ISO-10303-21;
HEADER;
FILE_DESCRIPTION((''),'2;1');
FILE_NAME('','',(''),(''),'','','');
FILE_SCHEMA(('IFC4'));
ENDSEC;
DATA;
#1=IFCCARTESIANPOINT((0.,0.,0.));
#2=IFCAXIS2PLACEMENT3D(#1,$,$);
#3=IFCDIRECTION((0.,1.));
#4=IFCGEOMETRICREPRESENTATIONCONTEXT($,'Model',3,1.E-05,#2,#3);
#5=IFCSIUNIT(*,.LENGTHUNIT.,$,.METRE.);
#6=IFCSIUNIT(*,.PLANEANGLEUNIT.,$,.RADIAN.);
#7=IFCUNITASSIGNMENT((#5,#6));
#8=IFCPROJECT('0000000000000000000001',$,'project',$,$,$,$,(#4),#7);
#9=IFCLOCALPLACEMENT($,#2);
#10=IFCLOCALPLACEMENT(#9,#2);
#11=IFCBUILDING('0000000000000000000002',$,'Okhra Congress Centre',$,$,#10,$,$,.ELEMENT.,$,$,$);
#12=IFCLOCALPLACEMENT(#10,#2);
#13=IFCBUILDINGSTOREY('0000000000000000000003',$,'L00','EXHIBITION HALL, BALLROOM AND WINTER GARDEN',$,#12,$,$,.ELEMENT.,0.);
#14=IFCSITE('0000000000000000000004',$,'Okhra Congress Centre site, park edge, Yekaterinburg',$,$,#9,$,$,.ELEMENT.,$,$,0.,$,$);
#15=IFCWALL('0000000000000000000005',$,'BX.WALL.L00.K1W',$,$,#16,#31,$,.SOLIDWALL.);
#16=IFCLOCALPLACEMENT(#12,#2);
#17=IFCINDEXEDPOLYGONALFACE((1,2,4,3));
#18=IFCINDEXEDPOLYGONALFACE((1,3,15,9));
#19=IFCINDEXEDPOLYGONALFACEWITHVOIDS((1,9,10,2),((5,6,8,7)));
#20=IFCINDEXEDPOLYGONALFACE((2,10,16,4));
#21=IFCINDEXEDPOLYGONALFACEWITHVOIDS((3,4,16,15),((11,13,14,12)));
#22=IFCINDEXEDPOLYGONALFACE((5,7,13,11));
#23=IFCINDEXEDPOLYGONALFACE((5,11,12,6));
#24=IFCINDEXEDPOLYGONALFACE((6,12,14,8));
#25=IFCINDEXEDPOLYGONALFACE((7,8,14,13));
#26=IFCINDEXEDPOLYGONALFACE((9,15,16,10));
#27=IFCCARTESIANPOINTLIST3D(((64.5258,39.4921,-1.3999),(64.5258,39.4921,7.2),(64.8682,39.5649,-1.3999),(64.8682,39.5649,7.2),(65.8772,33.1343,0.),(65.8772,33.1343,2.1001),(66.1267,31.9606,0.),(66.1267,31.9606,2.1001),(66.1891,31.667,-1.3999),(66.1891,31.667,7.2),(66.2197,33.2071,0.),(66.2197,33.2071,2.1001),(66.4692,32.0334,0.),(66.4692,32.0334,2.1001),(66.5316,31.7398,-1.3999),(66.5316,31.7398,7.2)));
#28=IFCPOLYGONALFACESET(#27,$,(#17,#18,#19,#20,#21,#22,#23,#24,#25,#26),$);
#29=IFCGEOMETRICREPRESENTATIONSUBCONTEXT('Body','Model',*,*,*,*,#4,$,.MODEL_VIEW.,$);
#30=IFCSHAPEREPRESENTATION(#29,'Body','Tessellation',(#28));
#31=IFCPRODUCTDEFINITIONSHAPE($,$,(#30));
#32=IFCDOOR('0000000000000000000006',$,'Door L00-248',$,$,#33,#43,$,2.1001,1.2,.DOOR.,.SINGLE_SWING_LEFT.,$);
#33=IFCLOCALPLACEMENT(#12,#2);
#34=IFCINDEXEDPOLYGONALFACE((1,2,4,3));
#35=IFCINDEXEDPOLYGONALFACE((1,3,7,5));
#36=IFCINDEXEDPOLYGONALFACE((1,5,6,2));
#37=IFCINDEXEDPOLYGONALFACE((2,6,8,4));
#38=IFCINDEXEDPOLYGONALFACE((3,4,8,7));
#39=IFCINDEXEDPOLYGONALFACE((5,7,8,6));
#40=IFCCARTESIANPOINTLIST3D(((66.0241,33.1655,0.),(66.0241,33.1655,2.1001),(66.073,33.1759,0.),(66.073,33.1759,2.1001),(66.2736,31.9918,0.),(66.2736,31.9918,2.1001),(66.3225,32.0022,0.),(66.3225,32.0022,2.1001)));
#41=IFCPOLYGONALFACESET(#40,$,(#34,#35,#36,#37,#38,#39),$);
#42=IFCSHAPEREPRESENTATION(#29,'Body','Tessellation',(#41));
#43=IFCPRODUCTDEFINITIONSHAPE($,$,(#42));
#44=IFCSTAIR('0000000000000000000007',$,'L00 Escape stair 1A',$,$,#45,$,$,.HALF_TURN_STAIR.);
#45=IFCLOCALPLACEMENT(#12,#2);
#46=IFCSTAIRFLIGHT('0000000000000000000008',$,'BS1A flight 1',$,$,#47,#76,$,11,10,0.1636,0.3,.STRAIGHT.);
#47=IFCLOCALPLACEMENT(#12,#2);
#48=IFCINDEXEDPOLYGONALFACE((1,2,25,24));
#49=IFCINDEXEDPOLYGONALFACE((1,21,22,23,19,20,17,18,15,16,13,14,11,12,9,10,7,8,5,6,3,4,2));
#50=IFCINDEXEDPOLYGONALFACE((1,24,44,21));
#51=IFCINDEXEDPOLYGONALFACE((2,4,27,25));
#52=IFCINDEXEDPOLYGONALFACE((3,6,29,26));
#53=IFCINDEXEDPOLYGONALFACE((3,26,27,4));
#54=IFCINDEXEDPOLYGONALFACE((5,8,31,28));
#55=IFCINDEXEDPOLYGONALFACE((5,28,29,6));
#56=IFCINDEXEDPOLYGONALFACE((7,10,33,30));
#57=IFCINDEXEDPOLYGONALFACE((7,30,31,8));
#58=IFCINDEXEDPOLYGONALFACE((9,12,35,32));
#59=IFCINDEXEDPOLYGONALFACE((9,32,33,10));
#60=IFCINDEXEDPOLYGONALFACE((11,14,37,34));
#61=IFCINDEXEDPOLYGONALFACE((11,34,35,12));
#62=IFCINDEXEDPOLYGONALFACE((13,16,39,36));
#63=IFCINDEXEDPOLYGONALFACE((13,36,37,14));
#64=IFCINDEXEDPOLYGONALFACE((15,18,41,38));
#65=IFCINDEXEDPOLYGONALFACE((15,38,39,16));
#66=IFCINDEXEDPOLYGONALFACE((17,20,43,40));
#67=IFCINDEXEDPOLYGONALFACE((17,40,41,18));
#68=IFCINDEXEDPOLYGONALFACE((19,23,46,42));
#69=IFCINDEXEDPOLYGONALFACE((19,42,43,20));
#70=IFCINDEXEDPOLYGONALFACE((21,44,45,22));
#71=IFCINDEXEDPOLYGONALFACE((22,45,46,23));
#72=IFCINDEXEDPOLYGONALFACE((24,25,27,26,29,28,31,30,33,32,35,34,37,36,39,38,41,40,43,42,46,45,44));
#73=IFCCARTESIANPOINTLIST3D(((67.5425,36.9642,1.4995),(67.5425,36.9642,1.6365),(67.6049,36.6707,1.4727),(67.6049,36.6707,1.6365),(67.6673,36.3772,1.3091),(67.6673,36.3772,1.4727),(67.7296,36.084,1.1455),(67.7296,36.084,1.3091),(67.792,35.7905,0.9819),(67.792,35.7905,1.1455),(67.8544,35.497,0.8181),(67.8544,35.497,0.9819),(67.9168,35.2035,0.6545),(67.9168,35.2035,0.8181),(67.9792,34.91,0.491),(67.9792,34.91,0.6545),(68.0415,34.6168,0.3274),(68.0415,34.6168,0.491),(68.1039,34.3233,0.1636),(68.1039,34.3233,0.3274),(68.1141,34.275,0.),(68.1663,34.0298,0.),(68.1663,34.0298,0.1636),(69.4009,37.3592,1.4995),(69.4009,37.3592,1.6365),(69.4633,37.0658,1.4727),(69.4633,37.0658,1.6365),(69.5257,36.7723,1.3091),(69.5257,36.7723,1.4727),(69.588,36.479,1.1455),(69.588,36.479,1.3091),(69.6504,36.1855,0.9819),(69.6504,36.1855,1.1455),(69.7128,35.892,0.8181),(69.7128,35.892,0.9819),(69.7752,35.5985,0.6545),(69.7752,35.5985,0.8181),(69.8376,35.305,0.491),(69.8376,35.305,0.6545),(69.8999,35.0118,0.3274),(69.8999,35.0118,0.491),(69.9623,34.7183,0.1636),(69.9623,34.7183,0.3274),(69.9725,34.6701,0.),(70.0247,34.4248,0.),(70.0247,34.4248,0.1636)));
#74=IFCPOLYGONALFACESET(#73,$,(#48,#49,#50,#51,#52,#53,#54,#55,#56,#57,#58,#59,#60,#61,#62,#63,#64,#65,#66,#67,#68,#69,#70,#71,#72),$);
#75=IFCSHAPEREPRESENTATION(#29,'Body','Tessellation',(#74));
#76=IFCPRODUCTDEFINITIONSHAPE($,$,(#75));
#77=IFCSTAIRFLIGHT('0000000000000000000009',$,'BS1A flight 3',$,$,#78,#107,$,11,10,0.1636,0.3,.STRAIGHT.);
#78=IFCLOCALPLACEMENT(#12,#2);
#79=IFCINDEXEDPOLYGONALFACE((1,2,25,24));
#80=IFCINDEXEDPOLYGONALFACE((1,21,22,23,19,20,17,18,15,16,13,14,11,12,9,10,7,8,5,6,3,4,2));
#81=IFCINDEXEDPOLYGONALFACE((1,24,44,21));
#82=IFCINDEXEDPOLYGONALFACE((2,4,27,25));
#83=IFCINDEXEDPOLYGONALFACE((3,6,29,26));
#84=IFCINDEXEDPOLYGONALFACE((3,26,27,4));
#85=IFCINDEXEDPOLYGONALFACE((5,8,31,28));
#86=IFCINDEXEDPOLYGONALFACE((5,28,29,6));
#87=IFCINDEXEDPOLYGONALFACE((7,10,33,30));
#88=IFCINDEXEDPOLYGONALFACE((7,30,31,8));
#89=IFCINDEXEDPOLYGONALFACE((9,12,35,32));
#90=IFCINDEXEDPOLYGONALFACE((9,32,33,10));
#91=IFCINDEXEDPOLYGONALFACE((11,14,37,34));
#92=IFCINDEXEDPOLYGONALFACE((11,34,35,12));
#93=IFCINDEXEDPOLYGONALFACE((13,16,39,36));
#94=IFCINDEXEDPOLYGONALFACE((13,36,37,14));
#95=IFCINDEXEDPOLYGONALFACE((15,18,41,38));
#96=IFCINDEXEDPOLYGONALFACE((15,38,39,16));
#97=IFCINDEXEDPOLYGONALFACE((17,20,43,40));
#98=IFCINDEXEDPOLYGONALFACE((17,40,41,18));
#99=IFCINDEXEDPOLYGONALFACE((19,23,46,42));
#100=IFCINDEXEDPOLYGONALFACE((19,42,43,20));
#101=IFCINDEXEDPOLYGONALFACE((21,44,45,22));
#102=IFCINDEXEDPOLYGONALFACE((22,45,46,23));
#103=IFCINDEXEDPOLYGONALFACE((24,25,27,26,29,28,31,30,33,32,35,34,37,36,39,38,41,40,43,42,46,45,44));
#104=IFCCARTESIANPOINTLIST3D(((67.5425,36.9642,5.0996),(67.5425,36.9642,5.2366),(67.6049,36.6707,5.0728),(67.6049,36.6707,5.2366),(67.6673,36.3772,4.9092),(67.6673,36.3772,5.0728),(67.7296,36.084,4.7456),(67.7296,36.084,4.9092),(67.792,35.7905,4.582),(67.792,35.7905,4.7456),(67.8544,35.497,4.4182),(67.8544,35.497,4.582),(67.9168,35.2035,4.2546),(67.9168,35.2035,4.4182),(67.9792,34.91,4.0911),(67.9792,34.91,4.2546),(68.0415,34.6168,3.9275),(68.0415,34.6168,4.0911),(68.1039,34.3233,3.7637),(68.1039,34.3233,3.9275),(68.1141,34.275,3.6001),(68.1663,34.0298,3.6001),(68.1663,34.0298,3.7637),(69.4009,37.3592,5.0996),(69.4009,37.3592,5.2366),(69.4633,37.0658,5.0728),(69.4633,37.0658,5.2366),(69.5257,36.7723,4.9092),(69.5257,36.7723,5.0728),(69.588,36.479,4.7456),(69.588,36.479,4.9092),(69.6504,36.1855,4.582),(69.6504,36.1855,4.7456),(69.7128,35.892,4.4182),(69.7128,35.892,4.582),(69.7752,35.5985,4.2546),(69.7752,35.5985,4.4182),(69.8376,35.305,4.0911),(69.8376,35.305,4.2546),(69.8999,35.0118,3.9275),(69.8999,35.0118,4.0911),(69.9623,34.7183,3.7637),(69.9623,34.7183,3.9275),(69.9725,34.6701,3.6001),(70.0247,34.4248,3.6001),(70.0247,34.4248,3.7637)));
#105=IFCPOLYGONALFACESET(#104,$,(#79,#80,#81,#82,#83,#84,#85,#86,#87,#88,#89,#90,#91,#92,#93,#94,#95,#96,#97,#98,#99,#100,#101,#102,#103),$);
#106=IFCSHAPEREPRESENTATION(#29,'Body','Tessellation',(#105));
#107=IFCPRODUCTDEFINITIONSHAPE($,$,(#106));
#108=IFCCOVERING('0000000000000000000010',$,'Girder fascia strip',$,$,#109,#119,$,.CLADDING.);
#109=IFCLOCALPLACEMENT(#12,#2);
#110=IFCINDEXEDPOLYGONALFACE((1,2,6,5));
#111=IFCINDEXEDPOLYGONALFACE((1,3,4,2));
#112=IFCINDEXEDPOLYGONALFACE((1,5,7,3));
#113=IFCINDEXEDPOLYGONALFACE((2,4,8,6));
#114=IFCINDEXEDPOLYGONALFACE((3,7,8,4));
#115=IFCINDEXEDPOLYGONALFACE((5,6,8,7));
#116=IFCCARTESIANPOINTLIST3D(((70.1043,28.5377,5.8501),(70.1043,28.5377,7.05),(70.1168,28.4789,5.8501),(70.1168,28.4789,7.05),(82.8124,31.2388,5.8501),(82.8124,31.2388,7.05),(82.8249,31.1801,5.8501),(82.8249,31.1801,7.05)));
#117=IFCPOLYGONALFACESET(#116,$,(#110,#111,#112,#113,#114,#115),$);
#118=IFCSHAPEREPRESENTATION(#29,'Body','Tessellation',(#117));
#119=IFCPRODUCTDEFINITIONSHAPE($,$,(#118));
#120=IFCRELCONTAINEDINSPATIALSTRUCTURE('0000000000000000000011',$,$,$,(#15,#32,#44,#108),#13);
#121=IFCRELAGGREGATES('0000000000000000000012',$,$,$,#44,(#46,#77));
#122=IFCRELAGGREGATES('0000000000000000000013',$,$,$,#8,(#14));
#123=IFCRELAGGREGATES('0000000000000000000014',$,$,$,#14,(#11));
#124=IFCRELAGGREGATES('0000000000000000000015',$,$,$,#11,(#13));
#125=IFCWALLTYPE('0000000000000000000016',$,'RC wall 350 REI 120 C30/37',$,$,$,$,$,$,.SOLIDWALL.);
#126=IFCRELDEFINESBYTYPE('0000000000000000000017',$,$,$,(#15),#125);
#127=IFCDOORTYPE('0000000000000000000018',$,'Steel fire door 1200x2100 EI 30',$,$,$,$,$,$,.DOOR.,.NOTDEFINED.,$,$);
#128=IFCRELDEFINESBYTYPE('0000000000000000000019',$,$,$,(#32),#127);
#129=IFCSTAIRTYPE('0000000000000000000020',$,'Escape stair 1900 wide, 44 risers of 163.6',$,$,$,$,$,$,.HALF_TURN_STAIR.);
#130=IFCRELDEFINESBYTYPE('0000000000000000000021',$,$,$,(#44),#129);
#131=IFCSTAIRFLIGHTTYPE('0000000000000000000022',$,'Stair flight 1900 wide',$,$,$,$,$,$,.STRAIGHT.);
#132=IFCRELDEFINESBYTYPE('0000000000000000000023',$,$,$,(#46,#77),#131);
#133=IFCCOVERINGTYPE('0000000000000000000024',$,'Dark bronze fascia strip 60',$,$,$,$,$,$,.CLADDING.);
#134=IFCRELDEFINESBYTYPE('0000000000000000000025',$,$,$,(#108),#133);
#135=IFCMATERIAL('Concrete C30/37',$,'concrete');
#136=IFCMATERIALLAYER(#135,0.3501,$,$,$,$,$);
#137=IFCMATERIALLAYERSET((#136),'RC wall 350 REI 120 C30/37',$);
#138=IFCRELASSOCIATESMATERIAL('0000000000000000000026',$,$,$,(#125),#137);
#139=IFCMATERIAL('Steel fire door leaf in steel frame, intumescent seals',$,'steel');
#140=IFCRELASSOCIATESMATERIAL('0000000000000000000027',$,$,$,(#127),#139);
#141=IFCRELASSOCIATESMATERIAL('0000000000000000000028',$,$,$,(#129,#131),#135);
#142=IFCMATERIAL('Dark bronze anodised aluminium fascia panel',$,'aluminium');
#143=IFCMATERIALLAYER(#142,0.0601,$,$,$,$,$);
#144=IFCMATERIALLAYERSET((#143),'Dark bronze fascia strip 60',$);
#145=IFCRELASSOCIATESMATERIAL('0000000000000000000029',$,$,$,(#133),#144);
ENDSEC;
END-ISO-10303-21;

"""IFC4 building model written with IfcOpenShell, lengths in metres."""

from ifc_helpers import new_model, si_unit, direction, frame, frame_2d, origin, origin_2d, place, context, subcontext, project, spatial, polyline, rectangle, outline, extrude, material, layer, layer_set, type_object, element, fill, aggregate, save


model = new_model("IFC4")

# Units and contexts
model_context = context("Model", 3, precision=1e-05, world=origin(), true_north=direction((0.0, 1.0)))
body_context = subcontext(model_context, "Body", "Model", "MODEL_VIEW")
ifc_project = project(units=[si_unit("LENGTHUNIT", "METRE"), si_unit("PLANEANGLEUNIT", "RADIAN")], contexts=[model_context])

# Site, building, storey
site_placement = place(None, origin())
site = spatial("IfcSite", under=ifc_project, at=site_placement, Name="Okhra Congress Centre site, park edge, Yekaterinburg", CompositionType="ELEMENT", RefElevation=0.0)
building_placement = place(site_placement, origin())
building = spatial("IfcBuilding", under=site, at=building_placement, Name="Okhra Congress Centre", CompositionType="ELEMENT")
storey_placement = place(building_placement, origin())
storey = spatial("IfcBuildingStorey", under=building, at=storey_placement, Name="L00", Description="EXHIBITION HALL, BALLROOM AND WINTER GARDEN", CompositionType="ELEMENT", Elevation=0.0)

# Shared definitions
ifc_material_1 = material(Name="Concrete C30/37", Category="concrete")

# Shared definitions
ifc_material_2 = material(Name="Steel fire door leaf in steel frame, intumescent seals", Category="steel")

# Wall, opening, door
ifc_layer_1 = layer(ifc_material_1, 0.3501)
ifc_layer_set_1 = layer_set([ifc_layer_1], Name="RC wall 350 REI 120 C30/37")
wall_type_1 = type_object("IfcWallType", Name="RC wall 350 REI 120 C30/37", PredefinedType="SOLIDWALL", material=ifc_layer_set_1)
wall_1_placement = place(storey_placement, frame((66.3604, 31.7034, -1.3999), z_axis=(0.0, 0.0, 1.0), x_axis=(-0.207916, 0.978147, 0.0)))
wall_1 = element("IfcWall", 1, at=wall_1_placement, inside=storey, type_object=wall_type_1, Name="BX.WALL.L00.K1W", PredefinedType="SOLIDWALL", context=body_context, shape_type="SweptSolid", body=[
    extrude(rectangle(XDim=8.0, YDim=0.3501, at=frame_2d((4.0, 0.0))), origin(), (0.0, 0.0, 1.0), 8.5999),
])
opening_1_placement = place(wall_1_placement, frame((0.3, 0.0, 1.3999)))
opening_1 = element("IfcOpeningElement", 2, at=opening_1_placement, cuts=wall_1, PredefinedType="OPENING", context=body_context, shape_type="SweptSolid", body=[
    extrude(rectangle(XDim=1.2, YDim=2.1001, at=frame_2d((0.6001, 1.05))), frame((0.0, 0.1851, 0.0), z_axis=(0.0, -1.0, 0.0), x_axis=(1.0, 0.0, 0.0)), (0.0, 0.0, 1.0), 0.3701),
])
door_type_1 = type_object("IfcDoorType", Name="Steel fire door 1200x2100 EI 30", OperationType="NOTDEFINED", PredefinedType="DOOR", material=ifc_material_2)
door_1_placement = place(opening_1_placement, origin())
door_1 = element("IfcDoor", 3, at=door_1_placement, inside=storey, type_object=door_type_1, Name="Door L00-248", OperationType="SINGLE_SWING_LEFT", OverallHeight=2.1001, OverallWidth=1.2, PredefinedType="DOOR", context=body_context, shape_type="SweptSolid", body=[
    extrude(rectangle(XDim=1.2, YDim=2.1001, at=frame_2d((0.6001, 1.05))), frame((0.0, 0.0249, 0.0), z_axis=(0.0, -1.0, 0.0), x_axis=(1.0, 0.0, 0.0)), (0.0, 0.0, 1.0), 0.05),
])
fill(opening_1, door_1)

# Stair, stair flights
stair_type = type_object("IfcStairType", Name="Escape stair 1900 wide, 44 risers of 163.6", PredefinedType="HALF_TURN_STAIR", material=ifc_material_1)
stair_placement = place(storey_placement, origin())
stair = element("IfcStair", 4, at=stair_placement, inside=storey, type_object=stair_type, Name="L00 Escape stair 1A", PredefinedType="HALF_TURN_STAIR")
stair_flight_type = type_object("IfcStairFlightType", Name="Stair flight 1900 wide", PredefinedType="STRAIGHT", material=ifc_material_1)
stair_flight_1_placement = place(storey_placement, frame((69.0955, 34.2273, 0.0), z_axis=(0.0, 0.0, 1.0), x_axis=(-0.207912, 0.978148, 0.0)))
stair_flight_1 = element("IfcStairFlight", 5, at=stair_flight_1_placement, type_object=stair_flight_type, Name="BS1A flight 1", NumberOfRisers=11, NumberOfTreads=10, PredefinedType="STRAIGHT", RiserHeight=0.1636, TreadLength=0.3, context=body_context, shape_type="SweptSolid", body=[
    extrude(outline(polyline([(0.0, 0.0), (0.0, 0.1636), (0.3, 0.1636), (0.3, 0.3274), (0.6001, 0.3274), (0.6001, 0.491), (0.8999, 0.491), (0.8999, 0.6545), (1.2, 0.6545), (1.2, 0.8181), (1.5, 0.8181), (1.5, 0.9819), (1.8, 0.9819), (1.8, 1.1455), (2.1001, 1.1455), (2.1001, 1.3091), (2.3999, 1.3091), (2.3999, 1.4727), (2.7, 1.4727), (2.7, 1.6365), (3.0, 1.6365), (3.0, 1.8), (3.0, 1.4995), (0.2507, 0.0), (0.0, 0.0)])), frame((0.0, 0.95, 0.0), z_axis=(0.0, -1.0, 0.0), x_axis=(1.0, 0.0, 0.0)), (0.0, 0.0, 1.0), 1.8999),
])
stair_flight_2_placement = place(storey_placement, frame((69.0955, 34.2273, 3.6001), z_axis=(0.0, 0.0, 1.0), x_axis=(-0.207912, 0.978148, 0.0)))
stair_flight_2 = element("IfcStairFlight", 6, at=stair_flight_2_placement, type_object=stair_flight_type, Name="BS1A flight 3", NumberOfRisers=11, NumberOfTreads=10, PredefinedType="STRAIGHT", RiserHeight=0.1636, TreadLength=0.3, context=body_context, shape_type="SweptSolid", body=[
    extrude(outline(polyline([(0.0, 0.0), (0.0, 0.1636), (0.3, 0.1636), (0.3, 0.3274), (0.6001, 0.3274), (0.6001, 0.491), (0.8999, 0.491), (0.8999, 0.6545), (1.2, 0.6545), (1.2, 0.8181), (1.5, 0.8181), (1.5, 0.9819), (1.8, 0.9819), (1.8, 1.1455), (2.1001, 1.1455), (2.1001, 1.3091), (2.3999, 1.3091), (2.3999, 1.4727), (2.7, 1.4727), (2.7, 1.6365), (3.0, 1.6365), (3.0, 1.8), (3.0, 1.4995), (0.2507, 0.0), (0.0, 0.0)])), frame((0.0, 0.95, 0.0), z_axis=(0.0, -1.0, 0.0), x_axis=(1.0, 0.0, 0.0)), (0.0, 0.0, 1.0), 1.8999),
])
aggregate(stair, [stair_flight_1, stair_flight_2])

# Covering
ifc_material_3 = material(Name="Dark bronze anodised aluminium fascia panel", Category="aluminium")
ifc_layer_2 = layer(ifc_material_3, 0.0601)
ifc_layer_set_2 = layer_set([ifc_layer_2], Name="Dark bronze fascia strip 60")
covering_type = type_object("IfcCoveringType", Name="Dark bronze fascia strip 60", PredefinedType="CLADDING", material=ifc_layer_set_2)
covering_placement = place(storey_placement, frame((76.4646, 29.8589, 5.8501), z_axis=(0.0, 0.0, 1.0), x_axis=(0.978148, 0.207912, 0.0)))
element("IfcCovering", 7, at=covering_placement, inside=storey, type_object=covering_type, Name="Girder fascia strip", PredefinedType="CLADDING", context=body_context, shape_type="SweptSolid", body=[
    extrude(rectangle(XDim=12.9919, YDim=0.0601, at=origin_2d()), origin(), (0.0, 0.0, 1.0), 1.2),
])

save(model, "model.ifc")
